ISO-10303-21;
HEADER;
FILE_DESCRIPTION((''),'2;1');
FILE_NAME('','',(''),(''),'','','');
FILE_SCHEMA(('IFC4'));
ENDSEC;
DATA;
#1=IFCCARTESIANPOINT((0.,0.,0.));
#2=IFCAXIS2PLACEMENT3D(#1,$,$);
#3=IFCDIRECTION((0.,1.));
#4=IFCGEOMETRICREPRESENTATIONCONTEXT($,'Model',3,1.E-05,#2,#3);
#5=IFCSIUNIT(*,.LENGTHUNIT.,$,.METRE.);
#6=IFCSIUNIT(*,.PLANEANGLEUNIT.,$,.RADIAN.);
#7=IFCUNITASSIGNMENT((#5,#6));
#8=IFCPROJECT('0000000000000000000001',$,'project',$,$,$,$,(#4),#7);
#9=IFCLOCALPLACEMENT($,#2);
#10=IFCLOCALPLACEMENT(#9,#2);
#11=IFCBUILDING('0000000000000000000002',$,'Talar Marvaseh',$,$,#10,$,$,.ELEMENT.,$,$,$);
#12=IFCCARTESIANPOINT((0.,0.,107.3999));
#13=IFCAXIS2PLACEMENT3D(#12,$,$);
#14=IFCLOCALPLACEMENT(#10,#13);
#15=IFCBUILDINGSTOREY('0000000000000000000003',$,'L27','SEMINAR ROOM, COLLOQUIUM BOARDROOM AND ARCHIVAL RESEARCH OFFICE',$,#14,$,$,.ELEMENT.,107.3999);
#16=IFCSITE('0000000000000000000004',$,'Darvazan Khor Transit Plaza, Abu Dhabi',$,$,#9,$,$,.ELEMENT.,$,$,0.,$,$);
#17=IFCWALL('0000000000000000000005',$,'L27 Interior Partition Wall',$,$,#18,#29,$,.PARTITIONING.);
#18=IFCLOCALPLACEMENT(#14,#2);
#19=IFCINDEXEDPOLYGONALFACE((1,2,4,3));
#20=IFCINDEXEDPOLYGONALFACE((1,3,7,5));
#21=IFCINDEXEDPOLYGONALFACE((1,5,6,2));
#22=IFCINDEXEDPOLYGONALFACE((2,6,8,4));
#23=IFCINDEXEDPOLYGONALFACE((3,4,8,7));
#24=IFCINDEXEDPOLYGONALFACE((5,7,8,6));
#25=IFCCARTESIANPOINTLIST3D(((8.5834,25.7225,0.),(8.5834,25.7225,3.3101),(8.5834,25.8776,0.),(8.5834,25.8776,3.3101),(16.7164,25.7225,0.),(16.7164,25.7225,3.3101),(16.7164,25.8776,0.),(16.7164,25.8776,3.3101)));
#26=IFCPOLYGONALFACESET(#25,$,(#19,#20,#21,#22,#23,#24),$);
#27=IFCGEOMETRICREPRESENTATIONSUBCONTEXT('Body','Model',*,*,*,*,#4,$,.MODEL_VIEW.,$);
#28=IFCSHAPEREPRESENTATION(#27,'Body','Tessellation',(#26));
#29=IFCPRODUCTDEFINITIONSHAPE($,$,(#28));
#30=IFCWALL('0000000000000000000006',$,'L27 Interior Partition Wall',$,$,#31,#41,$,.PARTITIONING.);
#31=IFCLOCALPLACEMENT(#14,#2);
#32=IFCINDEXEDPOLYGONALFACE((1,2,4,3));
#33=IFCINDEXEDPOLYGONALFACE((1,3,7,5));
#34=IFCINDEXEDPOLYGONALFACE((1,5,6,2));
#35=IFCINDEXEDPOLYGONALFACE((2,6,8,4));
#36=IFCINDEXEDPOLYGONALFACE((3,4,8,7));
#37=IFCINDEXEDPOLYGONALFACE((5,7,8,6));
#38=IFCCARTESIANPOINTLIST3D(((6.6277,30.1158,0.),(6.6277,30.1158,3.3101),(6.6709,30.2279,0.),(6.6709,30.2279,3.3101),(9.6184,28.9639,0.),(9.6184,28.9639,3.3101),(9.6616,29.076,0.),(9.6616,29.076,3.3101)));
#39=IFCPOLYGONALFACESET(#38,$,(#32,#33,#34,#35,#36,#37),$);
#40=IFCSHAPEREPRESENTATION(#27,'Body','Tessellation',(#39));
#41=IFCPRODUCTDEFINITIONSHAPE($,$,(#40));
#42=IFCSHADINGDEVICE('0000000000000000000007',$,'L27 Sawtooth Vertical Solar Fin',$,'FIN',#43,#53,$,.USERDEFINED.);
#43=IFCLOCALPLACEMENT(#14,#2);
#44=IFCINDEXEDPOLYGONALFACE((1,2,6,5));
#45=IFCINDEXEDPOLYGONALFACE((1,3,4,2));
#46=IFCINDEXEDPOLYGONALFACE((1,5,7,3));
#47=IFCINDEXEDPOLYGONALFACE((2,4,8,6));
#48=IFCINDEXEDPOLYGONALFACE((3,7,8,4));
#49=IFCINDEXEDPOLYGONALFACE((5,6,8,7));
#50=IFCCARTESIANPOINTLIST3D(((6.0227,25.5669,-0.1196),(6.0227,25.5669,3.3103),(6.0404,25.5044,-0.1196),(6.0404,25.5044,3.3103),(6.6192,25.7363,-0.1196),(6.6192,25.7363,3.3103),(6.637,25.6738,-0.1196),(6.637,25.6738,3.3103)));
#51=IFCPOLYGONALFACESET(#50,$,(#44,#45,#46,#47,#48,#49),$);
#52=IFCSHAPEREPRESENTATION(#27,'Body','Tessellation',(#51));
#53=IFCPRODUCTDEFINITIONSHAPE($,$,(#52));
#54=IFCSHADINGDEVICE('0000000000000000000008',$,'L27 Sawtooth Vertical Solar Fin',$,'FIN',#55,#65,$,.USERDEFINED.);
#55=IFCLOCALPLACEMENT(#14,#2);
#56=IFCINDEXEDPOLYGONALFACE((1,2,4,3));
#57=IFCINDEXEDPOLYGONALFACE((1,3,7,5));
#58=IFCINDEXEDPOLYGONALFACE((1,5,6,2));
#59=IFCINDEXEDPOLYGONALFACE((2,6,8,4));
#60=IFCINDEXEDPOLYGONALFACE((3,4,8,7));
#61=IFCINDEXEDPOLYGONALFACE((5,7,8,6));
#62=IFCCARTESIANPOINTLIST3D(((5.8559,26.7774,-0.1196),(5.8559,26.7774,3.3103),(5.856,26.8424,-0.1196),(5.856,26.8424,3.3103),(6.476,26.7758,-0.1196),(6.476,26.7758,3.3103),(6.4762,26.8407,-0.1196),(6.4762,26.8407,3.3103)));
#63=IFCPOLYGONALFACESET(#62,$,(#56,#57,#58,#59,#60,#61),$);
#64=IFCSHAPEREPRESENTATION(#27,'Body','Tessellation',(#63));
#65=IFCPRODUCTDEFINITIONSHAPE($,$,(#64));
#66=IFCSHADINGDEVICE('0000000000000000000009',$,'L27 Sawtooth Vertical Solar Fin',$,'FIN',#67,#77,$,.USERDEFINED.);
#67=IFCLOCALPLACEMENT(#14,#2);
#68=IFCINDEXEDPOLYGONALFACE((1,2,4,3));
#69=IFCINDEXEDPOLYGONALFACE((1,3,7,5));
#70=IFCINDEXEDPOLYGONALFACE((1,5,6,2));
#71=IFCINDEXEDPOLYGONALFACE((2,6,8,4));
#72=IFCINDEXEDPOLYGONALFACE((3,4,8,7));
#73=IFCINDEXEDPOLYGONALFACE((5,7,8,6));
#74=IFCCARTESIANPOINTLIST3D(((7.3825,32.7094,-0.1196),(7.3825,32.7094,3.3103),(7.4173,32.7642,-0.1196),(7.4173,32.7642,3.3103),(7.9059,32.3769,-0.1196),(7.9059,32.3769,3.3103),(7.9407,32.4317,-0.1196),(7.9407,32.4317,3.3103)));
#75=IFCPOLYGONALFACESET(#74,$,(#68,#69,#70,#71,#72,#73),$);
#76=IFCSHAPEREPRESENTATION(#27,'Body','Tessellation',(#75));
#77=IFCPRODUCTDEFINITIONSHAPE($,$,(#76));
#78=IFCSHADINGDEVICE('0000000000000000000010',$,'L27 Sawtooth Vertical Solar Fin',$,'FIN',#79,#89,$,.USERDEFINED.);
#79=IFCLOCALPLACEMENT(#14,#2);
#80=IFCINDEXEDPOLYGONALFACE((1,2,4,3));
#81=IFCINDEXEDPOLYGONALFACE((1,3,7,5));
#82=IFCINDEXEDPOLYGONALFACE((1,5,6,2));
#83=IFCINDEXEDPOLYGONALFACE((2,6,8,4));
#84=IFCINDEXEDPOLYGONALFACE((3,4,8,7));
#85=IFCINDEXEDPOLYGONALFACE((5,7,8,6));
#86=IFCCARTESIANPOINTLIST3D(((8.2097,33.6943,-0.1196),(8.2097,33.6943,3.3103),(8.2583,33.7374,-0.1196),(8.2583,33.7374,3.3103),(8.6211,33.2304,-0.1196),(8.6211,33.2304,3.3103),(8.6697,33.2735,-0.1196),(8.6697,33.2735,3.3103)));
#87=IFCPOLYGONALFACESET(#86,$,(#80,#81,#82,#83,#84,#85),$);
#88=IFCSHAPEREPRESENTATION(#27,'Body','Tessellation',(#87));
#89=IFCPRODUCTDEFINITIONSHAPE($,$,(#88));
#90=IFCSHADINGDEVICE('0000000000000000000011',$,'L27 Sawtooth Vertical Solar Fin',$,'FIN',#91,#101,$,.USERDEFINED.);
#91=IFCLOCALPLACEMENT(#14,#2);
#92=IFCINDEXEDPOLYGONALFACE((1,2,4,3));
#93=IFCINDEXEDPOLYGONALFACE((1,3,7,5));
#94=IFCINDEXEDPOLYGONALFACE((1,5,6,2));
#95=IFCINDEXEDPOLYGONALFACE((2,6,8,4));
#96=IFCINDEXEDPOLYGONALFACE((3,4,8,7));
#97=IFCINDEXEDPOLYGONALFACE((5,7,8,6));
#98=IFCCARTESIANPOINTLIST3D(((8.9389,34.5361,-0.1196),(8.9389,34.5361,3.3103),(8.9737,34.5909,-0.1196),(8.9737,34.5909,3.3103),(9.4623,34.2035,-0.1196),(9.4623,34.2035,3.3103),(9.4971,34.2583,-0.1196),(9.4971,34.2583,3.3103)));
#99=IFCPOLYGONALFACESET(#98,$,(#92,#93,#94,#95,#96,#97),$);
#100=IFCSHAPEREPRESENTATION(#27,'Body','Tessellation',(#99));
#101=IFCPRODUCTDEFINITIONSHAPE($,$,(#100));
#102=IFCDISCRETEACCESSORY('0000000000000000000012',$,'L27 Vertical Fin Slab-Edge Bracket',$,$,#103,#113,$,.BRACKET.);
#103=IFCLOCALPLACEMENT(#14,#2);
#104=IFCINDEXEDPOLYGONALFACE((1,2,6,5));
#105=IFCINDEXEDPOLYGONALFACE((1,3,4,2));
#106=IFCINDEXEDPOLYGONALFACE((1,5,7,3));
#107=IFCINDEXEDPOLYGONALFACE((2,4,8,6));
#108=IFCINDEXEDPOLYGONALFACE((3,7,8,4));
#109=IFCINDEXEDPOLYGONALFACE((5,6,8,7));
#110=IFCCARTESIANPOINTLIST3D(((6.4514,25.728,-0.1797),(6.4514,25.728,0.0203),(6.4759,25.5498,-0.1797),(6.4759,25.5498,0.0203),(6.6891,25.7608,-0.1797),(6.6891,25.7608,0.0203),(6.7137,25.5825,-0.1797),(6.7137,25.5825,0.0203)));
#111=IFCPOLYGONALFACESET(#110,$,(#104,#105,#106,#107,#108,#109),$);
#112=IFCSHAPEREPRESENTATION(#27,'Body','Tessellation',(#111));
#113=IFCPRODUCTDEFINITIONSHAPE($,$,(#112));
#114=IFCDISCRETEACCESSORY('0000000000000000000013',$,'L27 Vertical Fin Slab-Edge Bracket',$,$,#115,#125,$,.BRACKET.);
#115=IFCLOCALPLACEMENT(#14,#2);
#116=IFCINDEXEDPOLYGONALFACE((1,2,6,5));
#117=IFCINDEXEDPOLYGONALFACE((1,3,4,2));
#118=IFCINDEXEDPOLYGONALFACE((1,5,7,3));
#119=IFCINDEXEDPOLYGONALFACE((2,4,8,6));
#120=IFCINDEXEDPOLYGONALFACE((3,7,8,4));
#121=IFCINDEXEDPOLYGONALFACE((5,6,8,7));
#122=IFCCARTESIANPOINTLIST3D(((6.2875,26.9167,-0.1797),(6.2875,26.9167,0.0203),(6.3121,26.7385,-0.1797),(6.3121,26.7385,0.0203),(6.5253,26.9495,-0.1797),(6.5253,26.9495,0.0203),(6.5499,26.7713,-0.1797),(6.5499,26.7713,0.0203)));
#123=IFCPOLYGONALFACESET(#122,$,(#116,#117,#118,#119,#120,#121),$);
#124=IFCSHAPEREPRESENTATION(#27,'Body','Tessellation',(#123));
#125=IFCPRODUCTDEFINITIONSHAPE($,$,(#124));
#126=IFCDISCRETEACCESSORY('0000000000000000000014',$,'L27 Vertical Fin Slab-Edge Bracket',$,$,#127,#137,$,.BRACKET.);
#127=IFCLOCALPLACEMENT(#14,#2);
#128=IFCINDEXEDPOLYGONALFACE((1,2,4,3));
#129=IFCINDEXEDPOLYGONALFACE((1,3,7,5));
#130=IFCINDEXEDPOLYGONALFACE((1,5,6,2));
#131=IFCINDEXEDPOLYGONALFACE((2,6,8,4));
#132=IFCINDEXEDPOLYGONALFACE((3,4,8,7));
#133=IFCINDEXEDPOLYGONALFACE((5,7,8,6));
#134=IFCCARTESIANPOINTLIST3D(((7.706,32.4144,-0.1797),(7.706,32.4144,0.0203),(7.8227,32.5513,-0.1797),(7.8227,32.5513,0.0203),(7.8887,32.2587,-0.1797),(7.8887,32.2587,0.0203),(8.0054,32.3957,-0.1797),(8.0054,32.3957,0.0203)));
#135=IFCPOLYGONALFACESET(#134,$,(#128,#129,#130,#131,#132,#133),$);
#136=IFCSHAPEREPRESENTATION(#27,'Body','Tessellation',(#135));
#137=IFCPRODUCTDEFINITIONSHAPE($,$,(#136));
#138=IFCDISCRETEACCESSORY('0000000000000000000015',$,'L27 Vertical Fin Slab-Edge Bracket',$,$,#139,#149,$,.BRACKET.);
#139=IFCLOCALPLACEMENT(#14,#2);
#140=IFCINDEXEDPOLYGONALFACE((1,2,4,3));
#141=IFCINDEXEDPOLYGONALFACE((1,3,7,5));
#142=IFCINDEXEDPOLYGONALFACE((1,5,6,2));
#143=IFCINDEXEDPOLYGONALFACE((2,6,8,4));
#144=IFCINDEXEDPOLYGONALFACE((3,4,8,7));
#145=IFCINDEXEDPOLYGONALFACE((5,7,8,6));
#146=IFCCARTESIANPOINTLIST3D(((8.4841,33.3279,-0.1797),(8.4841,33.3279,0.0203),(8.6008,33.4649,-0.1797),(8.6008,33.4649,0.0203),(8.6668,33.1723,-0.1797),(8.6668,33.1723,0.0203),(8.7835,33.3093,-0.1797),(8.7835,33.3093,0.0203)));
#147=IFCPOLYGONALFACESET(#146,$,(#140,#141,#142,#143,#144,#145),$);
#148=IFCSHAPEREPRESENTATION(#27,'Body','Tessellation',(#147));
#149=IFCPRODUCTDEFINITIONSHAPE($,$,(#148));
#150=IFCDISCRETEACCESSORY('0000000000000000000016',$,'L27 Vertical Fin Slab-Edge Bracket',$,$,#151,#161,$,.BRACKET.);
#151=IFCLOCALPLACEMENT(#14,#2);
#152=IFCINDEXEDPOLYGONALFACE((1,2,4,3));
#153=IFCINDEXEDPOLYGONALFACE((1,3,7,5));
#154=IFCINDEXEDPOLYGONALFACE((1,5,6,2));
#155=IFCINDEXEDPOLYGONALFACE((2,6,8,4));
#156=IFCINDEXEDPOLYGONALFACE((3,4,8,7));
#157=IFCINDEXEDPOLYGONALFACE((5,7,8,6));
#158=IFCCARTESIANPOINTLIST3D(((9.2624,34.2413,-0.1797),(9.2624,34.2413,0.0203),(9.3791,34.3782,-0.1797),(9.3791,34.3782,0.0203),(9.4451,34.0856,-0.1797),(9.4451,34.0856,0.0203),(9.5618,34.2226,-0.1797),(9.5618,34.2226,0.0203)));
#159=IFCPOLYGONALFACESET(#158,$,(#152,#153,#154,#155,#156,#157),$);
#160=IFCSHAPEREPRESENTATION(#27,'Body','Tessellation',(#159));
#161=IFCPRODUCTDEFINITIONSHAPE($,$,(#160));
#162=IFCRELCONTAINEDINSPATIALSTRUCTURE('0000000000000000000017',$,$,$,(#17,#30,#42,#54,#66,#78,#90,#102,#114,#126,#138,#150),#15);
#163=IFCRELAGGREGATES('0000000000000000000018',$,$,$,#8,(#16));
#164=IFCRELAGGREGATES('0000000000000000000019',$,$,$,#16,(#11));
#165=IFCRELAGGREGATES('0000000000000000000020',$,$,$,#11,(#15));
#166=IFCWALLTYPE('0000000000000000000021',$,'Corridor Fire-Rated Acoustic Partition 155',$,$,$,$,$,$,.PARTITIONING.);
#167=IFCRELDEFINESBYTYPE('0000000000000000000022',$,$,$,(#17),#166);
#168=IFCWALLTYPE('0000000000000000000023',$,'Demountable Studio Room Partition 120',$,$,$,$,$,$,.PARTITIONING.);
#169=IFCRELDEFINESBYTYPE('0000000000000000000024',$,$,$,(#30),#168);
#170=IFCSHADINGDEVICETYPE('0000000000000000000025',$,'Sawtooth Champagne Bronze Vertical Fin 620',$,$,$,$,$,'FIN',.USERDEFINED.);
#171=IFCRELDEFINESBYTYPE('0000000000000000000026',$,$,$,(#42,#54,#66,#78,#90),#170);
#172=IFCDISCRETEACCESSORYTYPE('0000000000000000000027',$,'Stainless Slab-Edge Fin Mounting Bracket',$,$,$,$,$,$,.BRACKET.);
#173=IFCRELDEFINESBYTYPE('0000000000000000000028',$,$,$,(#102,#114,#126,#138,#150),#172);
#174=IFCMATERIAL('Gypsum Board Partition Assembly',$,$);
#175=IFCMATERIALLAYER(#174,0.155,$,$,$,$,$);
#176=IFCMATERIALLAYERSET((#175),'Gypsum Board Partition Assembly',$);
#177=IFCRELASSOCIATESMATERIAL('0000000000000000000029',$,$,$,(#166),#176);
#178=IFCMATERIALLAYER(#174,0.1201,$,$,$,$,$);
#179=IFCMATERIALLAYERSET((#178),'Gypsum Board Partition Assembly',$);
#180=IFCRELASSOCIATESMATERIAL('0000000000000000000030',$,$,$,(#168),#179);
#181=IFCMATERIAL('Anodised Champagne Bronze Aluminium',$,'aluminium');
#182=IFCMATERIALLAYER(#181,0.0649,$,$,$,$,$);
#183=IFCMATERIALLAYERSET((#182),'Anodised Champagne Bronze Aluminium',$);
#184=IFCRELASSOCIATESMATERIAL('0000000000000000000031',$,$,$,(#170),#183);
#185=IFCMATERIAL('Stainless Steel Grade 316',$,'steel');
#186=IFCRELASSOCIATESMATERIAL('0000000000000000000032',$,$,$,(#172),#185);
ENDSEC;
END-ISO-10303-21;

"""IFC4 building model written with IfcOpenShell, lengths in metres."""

from ifc_helpers import new_model, si_unit, direction, frame, frame_2d, origin, origin_2d, place, context, subcontext, project, spatial, rectangle, extrude, source, transform, mapped, material, layer, layer_set, type_object, type_shapes, element, save


model = new_model("IFC4")

# Units and contexts
model_context = context("Model", 3, precision=1e-05, world=origin(), true_north=direction((0.0, 1.0)))
body_context = subcontext(model_context, "Body", "Model", "MODEL_VIEW")
ifc_project = project(units=[si_unit("LENGTHUNIT", "METRE"), si_unit("PLANEANGLEUNIT", "RADIAN")], contexts=[model_context])

# Site, building, storey
site_placement = place(None, origin())
site = spatial("IfcSite", under=ifc_project, at=site_placement, Name="Darvazan Khor Transit Plaza, Abu Dhabi", CompositionType="ELEMENT", RefElevation=0.0)
building_placement = place(site_placement, origin())
building = spatial("IfcBuilding", under=site, at=building_placement, Name="Talar Marvaseh", CompositionType="ELEMENT")
storey_placement = place(building_placement, frame((0.0, 0.0, 107.3999)))
storey = spatial("IfcBuildingStorey", under=building, at=storey_placement, Name="L27", Description="SEMINAR ROOM, COLLOQUIUM BOARDROOM AND ARCHIVAL RESEARCH OFFICE", CompositionType="ELEMENT", Elevation=107.3999)

# Walls
ifc_material_1 = material(Name="Gypsum Board Partition Assembly")
ifc_layer_1 = layer(ifc_material_1, 0.155)
ifc_layer_set_1 = layer_set([ifc_layer_1], Name="Gypsum Board Partition Assembly")
wall_type_1 = type_object("IfcWallType", Name="Corridor Fire-Rated Acoustic Partition 155", PredefinedType="PARTITIONING", material=ifc_layer_set_1)
wall_1_placement = place(storey_placement, frame((8.5835, 25.8, 0.0), z_axis=(0.0, 0.0, 1.0), x_axis=(1.0, 0.0, 0.0)))
element("IfcWall", 1, at=wall_1_placement, inside=storey, type_object=wall_type_1, Name="L27 Interior Partition Wall", PredefinedType="PARTITIONING", context=body_context, shape_type="SweptSolid", body=[
    extrude(rectangle(XDim=8.1331, YDim=0.155, at=frame_2d((4.0664, 0.0))), origin(), (0.0, 0.0, 1.0), 3.3101),
])
ifc_layer_2 = layer(ifc_material_1, 0.1201)
ifc_layer_set_2 = layer_set([ifc_layer_2], Name="Gypsum Board Partition Assembly")
wall_type_2 = type_object("IfcWallType", Name="Demountable Studio Room Partition 120", PredefinedType="PARTITIONING", material=ifc_layer_set_2)
wall_2_placement = place(storey_placement, frame((6.6492, 30.1719, 0.0), z_axis=(0.0, 0.0, 1.0), x_axis=(0.933181, -0.359408, 0.0)))
element("IfcWall", 2, at=wall_2_placement, inside=storey, type_object=wall_type_2, Name="L27 Interior Partition Wall", PredefinedType="PARTITIONING", context=body_context, shape_type="SweptSolid", body=[
    extrude(rectangle(XDim=3.2048, YDim=0.1201, at=frame_2d((1.6025, 0.0))), origin(), (0.0, 0.0, 1.0), 3.3101),
])

# Shading devices
ifc_material_2 = material(Name="Anodised Champagne Bronze Aluminium", Category="aluminium")
ifc_layer_3 = layer(ifc_material_2, 0.0649)
ifc_layer_set_3 = layer_set([ifc_layer_3], Name="Anodised Champagne Bronze Aluminium")
shading_device_type = type_object("IfcShadingDeviceType", Name="Sawtooth Champagne Bronze Vertical Fin 620", ElementType="FIN", PredefinedType="USERDEFINED", material=ifc_layer_set_3)
shared_shape_1 = source(origin(), body_context, "Body", "SweptSolid", [
    extrude(rectangle(XDim=0.6201, YDim=0.0649, at=origin_2d()), origin(), (0.0, 0.0, 1.0), 3.4299),
])
type_shapes(shading_device_type, [shared_shape_1])
for number, where, z_axis, x_axis, name in (
    (3, (6.3298, 25.6204, -0.1196), (0.0, 0.0, 1.0), (-0.96198, -0.27312, 0.0), "L27 Sawtooth Vertical Solar Fin"),
    (4, (6.166, 26.8091, -0.1196), (0.0, 0.0, 1.0), (-0.999997, 0.002618, 0.0), "L27 Sawtooth Vertical Solar Fin"),
    (5, (7.6616, 32.5706, -0.1196), (0.0, 0.0, 1.0), (-0.844047, 0.536269, 0.0), "L27 Sawtooth Vertical Solar Fin"),
    (6, (8.4397, 33.4839, -0.1196), (0.0, 0.0, 1.0), (-0.663535, 0.748146, 0.0), "L27 Sawtooth Vertical Solar Fin"),
    (7, (9.218, 34.3972, -0.1196), (0.0, 0.0, 1.0), (-0.844047, 0.536269, 0.0), "L27 Sawtooth Vertical Solar Fin"),
):
    element("IfcShadingDevice", number, at=place(storey_placement, frame(where, z_axis=z_axis, x_axis=x_axis)), inside=storey, type_object=shading_device_type, Name=name, ObjectType="FIN", PredefinedType="USERDEFINED", context=body_context, shape_type="MappedRepresentation", body=[
        mapped(shared_shape_1, transform((0.0, 0.0, 0.0), x_axis=(1.0, 0.0, 0.0), y_axis=(0.0, 1.0, 0.0), z_axis=(0.0, 0.0, 1.0), scale=1.0)),
    ])

# Discrete accessories
ifc_material_3 = material(Name="Stainless Steel Grade 316", Category="steel")
discrete_accessory_type = type_object("IfcDiscreteAccessoryType", Name="Stainless Slab-Edge Fin Mounting Bracket", PredefinedType="BRACKET", material=ifc_material_3)
shared_shape_2 = source(origin(), body_context, "Body", "SweptSolid", [
    extrude(rectangle(XDim=0.24, YDim=0.1799, at=origin_2d()), origin(), (0.0, 0.0, 1.0), 0.2),
])
type_shapes(discrete_accessory_type, [shared_shape_2])
for number, where, z_axis, x_axis, name in (
    (8, (6.5825, 25.6553, -0.1797), (0.0, 0.0, 1.0), (-0.990629, -0.13658, 0.0), "L27 Vertical Fin Slab-Edge Bracket"),
    (9, (6.4187, 26.844, -0.1797), (0.0, 0.0, 1.0), (-0.990629, -0.13658, 0.0), "L27 Vertical Fin Slab-Edge Bracket"),
    (10, (7.8557, 32.405, -0.1797), (0.0, 0.0, 1.0), (-0.761199, 0.648519, 0.0), "L27 Vertical Fin Slab-Edge Bracket"),
    (11, (8.6338, 33.3186, -0.1797), (0.0, 0.0, 1.0), (-0.761199, 0.648519, 0.0), "L27 Vertical Fin Slab-Edge Bracket"),
    (12, (9.4121, 34.2319, -0.1797), (0.0, 0.0, 1.0), (-0.761199, 0.648519, 0.0), "L27 Vertical Fin Slab-Edge Bracket"),
):
    element("IfcDiscreteAccessory", number, at=place(storey_placement, frame(where, z_axis=z_axis, x_axis=x_axis)), inside=storey, type_object=discrete_accessory_type, Name=name, PredefinedType="BRACKET", context=body_context, shape_type="MappedRepresentation", body=[
        mapped(shared_shape_2, transform((0.0, 0.0, 0.0), x_axis=(1.0, 0.0, 0.0), y_axis=(0.0, 1.0, 0.0), z_axis=(0.0, 0.0, 1.0), scale=1.0)),
    ])

save(model, "model.ifc")
